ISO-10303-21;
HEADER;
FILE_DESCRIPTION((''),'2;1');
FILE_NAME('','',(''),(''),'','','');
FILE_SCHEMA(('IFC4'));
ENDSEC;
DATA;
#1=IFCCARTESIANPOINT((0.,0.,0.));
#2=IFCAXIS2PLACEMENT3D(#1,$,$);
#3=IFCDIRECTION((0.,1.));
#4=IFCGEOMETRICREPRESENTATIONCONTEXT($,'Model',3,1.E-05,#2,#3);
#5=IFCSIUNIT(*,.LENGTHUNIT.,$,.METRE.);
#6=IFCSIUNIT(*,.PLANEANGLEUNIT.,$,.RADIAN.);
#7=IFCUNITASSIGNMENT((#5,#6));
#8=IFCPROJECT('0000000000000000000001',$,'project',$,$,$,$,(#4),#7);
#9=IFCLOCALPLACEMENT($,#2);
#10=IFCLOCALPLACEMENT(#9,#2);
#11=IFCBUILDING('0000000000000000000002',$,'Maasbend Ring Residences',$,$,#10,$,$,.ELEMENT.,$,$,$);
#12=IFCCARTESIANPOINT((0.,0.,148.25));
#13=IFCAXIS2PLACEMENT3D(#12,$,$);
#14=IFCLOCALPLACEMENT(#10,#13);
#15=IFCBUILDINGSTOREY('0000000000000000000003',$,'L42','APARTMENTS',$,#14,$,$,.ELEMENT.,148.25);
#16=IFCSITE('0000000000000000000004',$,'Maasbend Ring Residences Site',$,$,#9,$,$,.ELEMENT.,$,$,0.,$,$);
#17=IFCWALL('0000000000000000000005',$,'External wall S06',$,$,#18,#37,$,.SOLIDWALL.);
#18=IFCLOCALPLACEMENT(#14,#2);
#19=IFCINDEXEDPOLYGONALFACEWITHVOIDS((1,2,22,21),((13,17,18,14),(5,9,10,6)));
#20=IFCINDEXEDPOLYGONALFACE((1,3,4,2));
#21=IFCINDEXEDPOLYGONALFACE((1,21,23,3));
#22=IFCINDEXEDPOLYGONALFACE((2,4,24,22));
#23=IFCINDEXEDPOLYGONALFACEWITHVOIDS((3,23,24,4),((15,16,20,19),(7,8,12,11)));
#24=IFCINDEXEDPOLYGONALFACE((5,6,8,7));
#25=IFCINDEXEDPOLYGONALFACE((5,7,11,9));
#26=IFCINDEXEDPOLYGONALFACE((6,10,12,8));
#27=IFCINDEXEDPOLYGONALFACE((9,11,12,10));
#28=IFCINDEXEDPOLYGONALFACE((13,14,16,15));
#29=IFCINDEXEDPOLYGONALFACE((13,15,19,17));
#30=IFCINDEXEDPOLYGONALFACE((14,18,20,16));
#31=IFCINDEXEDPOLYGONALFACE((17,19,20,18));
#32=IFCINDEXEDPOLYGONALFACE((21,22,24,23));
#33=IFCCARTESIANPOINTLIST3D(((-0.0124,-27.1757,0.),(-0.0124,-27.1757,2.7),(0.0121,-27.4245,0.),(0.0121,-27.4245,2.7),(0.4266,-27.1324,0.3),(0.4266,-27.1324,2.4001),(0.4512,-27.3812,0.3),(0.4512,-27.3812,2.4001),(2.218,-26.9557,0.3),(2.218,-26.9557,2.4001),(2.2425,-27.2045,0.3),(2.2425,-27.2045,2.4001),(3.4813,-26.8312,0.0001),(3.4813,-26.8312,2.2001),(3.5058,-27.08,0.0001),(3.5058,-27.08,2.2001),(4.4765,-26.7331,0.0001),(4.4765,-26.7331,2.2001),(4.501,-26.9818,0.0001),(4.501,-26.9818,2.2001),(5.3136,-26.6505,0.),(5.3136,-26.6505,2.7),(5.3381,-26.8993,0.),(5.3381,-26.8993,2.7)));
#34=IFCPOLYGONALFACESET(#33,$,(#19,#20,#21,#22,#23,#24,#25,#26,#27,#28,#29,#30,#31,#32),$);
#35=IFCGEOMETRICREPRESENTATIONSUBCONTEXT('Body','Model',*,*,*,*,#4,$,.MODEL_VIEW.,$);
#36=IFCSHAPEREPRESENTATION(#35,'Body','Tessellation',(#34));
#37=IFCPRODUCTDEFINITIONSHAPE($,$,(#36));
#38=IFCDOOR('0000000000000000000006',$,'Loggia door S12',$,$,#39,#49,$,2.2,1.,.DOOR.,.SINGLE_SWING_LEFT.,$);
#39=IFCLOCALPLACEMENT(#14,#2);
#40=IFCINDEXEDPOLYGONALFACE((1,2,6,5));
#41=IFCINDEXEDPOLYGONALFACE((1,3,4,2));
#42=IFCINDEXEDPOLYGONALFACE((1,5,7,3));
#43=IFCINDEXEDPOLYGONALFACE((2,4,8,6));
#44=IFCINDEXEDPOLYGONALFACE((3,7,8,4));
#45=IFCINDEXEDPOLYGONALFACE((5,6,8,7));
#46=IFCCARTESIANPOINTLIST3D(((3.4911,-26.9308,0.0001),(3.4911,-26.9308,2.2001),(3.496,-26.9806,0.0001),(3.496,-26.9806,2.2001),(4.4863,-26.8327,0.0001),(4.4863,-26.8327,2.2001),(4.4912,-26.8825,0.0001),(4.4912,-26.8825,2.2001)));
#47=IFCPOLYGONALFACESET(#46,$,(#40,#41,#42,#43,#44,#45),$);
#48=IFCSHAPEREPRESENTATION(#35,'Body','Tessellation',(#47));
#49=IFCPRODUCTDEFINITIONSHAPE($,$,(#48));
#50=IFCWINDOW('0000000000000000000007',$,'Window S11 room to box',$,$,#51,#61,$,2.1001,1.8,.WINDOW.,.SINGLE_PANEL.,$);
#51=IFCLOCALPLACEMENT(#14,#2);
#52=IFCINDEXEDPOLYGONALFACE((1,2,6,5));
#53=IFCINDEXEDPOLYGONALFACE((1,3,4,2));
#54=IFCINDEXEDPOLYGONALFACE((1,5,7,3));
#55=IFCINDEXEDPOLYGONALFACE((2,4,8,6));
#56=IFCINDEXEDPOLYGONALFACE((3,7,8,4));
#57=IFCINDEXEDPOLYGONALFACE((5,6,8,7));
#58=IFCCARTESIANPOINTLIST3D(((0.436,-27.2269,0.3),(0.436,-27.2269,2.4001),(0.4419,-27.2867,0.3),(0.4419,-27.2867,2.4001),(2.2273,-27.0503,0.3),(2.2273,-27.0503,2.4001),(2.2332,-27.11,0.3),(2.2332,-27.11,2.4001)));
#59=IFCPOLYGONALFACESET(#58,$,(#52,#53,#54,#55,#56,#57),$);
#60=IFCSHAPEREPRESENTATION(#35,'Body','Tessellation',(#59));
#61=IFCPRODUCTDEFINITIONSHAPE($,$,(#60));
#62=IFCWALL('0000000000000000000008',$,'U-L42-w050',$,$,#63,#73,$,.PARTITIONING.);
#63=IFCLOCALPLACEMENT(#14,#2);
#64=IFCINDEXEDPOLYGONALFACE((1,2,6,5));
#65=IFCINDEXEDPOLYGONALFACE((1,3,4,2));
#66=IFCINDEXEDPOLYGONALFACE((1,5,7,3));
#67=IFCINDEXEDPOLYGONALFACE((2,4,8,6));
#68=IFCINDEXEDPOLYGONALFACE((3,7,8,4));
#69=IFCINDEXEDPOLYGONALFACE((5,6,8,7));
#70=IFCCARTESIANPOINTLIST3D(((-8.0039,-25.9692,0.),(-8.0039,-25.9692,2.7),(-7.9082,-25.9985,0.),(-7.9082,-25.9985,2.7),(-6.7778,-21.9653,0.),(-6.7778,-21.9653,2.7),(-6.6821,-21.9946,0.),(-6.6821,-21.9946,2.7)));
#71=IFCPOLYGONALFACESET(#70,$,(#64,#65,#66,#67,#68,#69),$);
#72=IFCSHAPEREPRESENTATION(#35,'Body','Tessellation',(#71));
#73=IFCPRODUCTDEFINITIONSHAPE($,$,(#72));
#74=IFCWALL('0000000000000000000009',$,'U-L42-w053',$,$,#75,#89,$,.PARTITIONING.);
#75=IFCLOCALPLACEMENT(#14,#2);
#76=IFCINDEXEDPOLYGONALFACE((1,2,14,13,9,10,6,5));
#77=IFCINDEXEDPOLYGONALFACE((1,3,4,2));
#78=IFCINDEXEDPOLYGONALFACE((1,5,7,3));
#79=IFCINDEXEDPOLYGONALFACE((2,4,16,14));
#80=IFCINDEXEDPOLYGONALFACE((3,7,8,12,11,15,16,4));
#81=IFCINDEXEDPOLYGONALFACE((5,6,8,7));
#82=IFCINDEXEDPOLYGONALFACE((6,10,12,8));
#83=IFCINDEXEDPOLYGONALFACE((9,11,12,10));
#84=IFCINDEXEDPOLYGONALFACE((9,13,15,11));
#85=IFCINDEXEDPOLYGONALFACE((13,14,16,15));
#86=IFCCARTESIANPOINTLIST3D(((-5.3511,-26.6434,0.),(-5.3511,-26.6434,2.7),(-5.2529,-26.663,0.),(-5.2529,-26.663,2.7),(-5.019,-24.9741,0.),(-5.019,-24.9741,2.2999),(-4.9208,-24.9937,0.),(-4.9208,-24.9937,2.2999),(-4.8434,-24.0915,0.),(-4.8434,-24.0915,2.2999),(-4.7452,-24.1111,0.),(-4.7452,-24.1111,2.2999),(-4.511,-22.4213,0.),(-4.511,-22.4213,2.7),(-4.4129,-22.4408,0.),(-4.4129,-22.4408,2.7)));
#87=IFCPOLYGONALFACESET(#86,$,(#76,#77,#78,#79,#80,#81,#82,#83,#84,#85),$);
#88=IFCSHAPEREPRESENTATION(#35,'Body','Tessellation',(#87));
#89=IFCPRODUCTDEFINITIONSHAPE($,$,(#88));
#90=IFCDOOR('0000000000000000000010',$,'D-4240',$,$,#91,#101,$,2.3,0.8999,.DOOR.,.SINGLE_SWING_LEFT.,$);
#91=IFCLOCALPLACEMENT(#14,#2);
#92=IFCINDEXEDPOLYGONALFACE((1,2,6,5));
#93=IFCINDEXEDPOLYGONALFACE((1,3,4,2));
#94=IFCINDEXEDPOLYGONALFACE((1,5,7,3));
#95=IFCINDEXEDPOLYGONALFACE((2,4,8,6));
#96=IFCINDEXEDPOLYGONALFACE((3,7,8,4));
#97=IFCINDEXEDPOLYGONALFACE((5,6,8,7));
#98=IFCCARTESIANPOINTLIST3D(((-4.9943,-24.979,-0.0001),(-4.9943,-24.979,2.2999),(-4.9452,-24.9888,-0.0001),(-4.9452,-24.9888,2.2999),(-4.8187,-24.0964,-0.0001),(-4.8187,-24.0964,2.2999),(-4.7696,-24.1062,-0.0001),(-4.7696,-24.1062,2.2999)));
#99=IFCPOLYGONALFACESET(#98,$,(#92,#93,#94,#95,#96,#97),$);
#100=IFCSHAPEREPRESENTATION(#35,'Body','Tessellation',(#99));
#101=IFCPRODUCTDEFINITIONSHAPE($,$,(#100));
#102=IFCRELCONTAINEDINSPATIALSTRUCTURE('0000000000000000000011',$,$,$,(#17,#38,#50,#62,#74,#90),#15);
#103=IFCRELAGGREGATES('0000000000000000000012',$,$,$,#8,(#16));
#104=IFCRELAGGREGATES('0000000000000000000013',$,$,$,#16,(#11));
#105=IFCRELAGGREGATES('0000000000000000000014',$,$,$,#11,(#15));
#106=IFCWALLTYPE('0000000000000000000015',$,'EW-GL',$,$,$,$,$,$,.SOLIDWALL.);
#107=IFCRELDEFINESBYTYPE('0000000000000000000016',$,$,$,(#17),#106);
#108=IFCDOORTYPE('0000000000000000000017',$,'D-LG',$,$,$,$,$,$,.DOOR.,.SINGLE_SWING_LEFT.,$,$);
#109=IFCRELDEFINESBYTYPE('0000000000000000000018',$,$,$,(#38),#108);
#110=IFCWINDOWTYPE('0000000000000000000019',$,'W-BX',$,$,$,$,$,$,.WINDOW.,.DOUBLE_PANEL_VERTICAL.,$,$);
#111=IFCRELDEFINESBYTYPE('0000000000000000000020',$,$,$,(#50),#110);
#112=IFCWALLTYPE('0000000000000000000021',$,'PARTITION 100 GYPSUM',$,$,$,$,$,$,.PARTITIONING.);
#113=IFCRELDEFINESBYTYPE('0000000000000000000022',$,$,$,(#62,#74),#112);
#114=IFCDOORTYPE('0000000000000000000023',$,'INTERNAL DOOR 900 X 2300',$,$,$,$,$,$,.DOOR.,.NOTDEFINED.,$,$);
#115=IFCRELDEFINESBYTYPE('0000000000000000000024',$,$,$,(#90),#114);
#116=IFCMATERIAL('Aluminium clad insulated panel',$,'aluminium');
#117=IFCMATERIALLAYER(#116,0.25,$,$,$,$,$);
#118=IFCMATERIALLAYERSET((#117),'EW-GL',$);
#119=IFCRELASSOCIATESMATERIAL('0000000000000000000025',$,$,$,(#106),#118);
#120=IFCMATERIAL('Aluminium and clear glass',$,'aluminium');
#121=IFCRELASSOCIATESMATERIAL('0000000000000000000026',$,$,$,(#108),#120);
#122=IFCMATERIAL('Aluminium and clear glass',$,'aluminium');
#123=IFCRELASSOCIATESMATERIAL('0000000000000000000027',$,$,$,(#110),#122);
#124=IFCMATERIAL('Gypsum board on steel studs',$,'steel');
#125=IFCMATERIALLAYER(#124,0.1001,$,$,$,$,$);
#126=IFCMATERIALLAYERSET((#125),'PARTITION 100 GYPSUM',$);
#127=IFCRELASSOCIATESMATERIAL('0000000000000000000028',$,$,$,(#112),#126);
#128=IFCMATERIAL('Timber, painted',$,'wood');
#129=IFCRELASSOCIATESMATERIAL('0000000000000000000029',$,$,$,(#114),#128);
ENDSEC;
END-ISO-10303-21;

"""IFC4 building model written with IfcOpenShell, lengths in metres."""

from ifc_helpers import new_model, si_unit, direction, frame, frame_2d, origin, place, context, subcontext, project, spatial, rectangle, extrude, material, layer, layer_set, type_object, element, fill, save


model = new_model("IFC4")

# Units and contexts
model_context = context("Model", 3, precision=1e-05, world=origin(), true_north=direction((0.0, 1.0)))
body_context = subcontext(model_context, "Body", "Model", "MODEL_VIEW")
ifc_project = project(units=[si_unit("LENGTHUNIT", "METRE"), si_unit("PLANEANGLEUNIT", "RADIAN")], contexts=[model_context])

# Site, building, storey
site_placement = place(None, origin())
site = spatial("IfcSite", under=ifc_project, at=site_placement, Name="Maasbend Ring Residences Site", CompositionType="ELEMENT", RefElevation=0.0)
building_placement = place(site_placement, origin())
building = spatial("IfcBuilding", under=site, at=building_placement, Name="Maasbend Ring Residences", CompositionType="ELEMENT")
storey_placement = place(building_placement, frame((0.0, 0.0, 148.25)))
storey = spatial("IfcBuildingStorey", under=building, at=storey_placement, Name="L42", Description="APARTMENTS", CompositionType="ELEMENT", Elevation=148.25)

# Wall, openings, door, window
ifc_material_1 = material(Name="Aluminium clad insulated panel", Category="aluminium")
ifc_layer_1 = layer(ifc_material_1, 0.25)
ifc_layer_set_1 = layer_set([ifc_layer_1], Name="EW-GL")
wall_type_1 = type_object("IfcWallType", Name="EW-GL", PredefinedType="SOLIDWALL", material=ifc_layer_set_1)
ifc_material_2 = material(Name="Aluminium and clear glass", Category="aluminium")
door_type_1 = type_object("IfcDoorType", Name="D-LG", OperationType="SINGLE_SWING_LEFT", PredefinedType="DOOR", material=ifc_material_2)
ifc_material_3 = material(Name="Aluminium and clear glass", Category="aluminium")
window_type_1 = type_object("IfcWindowType", Name="W-BX", PartitioningType="DOUBLE_PANEL_VERTICAL", PredefinedType="WINDOW", material=ifc_material_3)
wall_1_placement = place(storey_placement, frame((0.0, -27.3, 0.0), z_axis=(0.0, 0.0, 1.0), x_axis=(0.995174, 0.098126, 0.0)))
wall_1 = element("IfcWall", 1, at=wall_1_placement, inside=storey, type_object=wall_type_1, Name="External wall S06", PredefinedType="SOLIDWALL", context=body_context, shape_type="SweptSolid", body=[
    extrude(rectangle(XDim=5.3518, YDim=0.25, at=frame_2d((2.6758, 0.0))), origin(), (0.0, 0.0, 1.0), 2.7),
])
opening_1_placement = place(wall_1_placement, frame((0.4412, 0.0, 0.3)))
opening_1 = element("IfcOpeningElement", 2, at=opening_1_placement, cuts=wall_1, PredefinedType="OPENING", context=body_context, shape_type="SweptSolid", body=[
    extrude(rectangle(XDim=1.8, YDim=2.1001, at=frame_2d((0.8999, 1.05))), frame((0.0, 0.135, 0.0), z_axis=(0.0, -1.0, 0.0), x_axis=(1.0, 0.0, 0.0)), (0.0, 0.0, 1.0), 0.27),
])
opening_2_placement = place(wall_1_placement, frame((3.5105, 0.0, 0.0)))
opening_2 = element("IfcOpeningElement", 3, at=opening_2_placement, cuts=wall_1, PredefinedType="OPENING", context=body_context, shape_type="SweptSolid", body=[
    extrude(rectangle(XDim=1.0, YDim=2.2, at=frame_2d((0.5, 1.1001))), frame((0.0, 0.135, 0.0), z_axis=(0.0, -1.0, 0.0), x_axis=(1.0, 0.0, 0.0)), (0.0, 0.0, 1.0), 0.27),
])
door_1_placement = place(opening_2_placement, origin())
door_1 = element("IfcDoor", 4, at=door_1_placement, inside=storey, type_object=door_type_1, Name="Loggia door S12", OperationType="SINGLE_SWING_LEFT", OverallHeight=2.2, OverallWidth=1.0, PredefinedType="DOOR", context=body_context, shape_type="SweptSolid", body=[
    extrude(rectangle(XDim=1.0, YDim=2.2, at=frame_2d((0.5, 1.1001))), frame((0.0, 0.0249, 0.0), z_axis=(0.0, -1.0, 0.0), x_axis=(1.0, 0.0, 0.0)), (0.0, 0.0, 1.0), 0.05),
])
fill(opening_2, door_1)
window_1_placement = place(opening_1_placement, origin())
window_1 = element("IfcWindow", 5, at=window_1_placement, inside=storey, type_object=window_type_1, Name="Window S11 room to box", OverallHeight=2.1001, OverallWidth=1.8, PartitioningType="SINGLE_PANEL", PredefinedType="WINDOW", context=body_context, shape_type="SweptSolid", body=[
    extrude(rectangle(XDim=1.8, YDim=2.1001, at=frame_2d((0.8999, 1.05))), frame((0.0, 0.03, 0.0), z_axis=(0.0, -1.0, 0.0), x_axis=(1.0, 0.0, 0.0)), (0.0, 0.0, 1.0), 0.0601),
])
fill(opening_1, window_1)

# Wall
ifc_material_4 = material(Name="Gypsum board on steel studs", Category="steel")
ifc_layer_2 = layer(ifc_material_4, 0.1001)
ifc_layer_set_2 = layer_set([ifc_layer_2], Name="PARTITION 100 GYPSUM")
wall_type_2 = type_object("IfcWallType", Name="PARTITION 100 GYPSUM", PredefinedType="PARTITIONING", material=ifc_layer_set_2)
wall_2_placement = place(storey_placement, frame((-7.9561, -25.9839, 0.0), z_axis=(0.0, 0.0, 1.0), x_axis=(0.292799, 0.956174, 0.0)))
element("IfcWall", 6, at=wall_2_placement, inside=storey, type_object=wall_type_2, Name="U-L42-w050", PredefinedType="PARTITIONING", context=body_context, shape_type="SweptSolid", body=[
    extrude(rectangle(XDim=4.1875, YDim=0.1001, at=frame_2d((2.0938, 0.0))), origin(), (0.0, 0.0, 1.0), 2.7),
])

# Wall, opening, door
wall_3_placement = place(storey_placement, frame((-5.302, -26.6531, 0.0), z_axis=(0.0, 0.0, 1.0), x_axis=(0.195145, 0.980774, 0.0)))
wall_3 = element("IfcWall", 7, at=wall_3_placement, inside=storey, type_object=wall_type_2, Name="U-L42-w053", PredefinedType="PARTITIONING", context=body_context, shape_type="SweptSolid", body=[
    extrude(rectangle(XDim=4.3049, YDim=0.1001, at=frame_2d((2.1523, 0.0))), origin(), (0.0, 0.0, 1.0), 2.7),
])
opening_3_placement = place(wall_3_placement, frame((1.7019, 0.0, 0.0)))
opening_3 = element("IfcOpeningElement", 8, at=opening_3_placement, cuts=wall_3, PredefinedType="OPENING", context=body_context, shape_type="SweptSolid", body=[
    extrude(rectangle(XDim=0.8999, YDim=2.3, at=frame_2d((0.45, 1.1499))), frame((0.0, 0.0601, 0.0), z_axis=(0.0, -1.0, 0.0), x_axis=(1.0, 0.0, 0.0)), (0.0, 0.0, 1.0), 0.1201),
])
ifc_material_5 = material(Name="Timber, painted", Category="wood")
door_type_2 = type_object("IfcDoorType", Name="INTERNAL DOOR 900 X 2300", OperationType="NOTDEFINED", PredefinedType="DOOR", material=ifc_material_5)
door_2_placement = place(opening_3_placement, origin())
door_2 = element("IfcDoor", 9, at=door_2_placement, inside=storey, type_object=door_type_2, Name="D-4240", OperationType="SINGLE_SWING_LEFT", OverallHeight=2.3, OverallWidth=0.8999, PredefinedType="DOOR", context=body_context, shape_type="SweptSolid", body=[
    extrude(rectangle(XDim=0.8999, YDim=2.3, at=frame_2d((0.45, 1.1499))), frame((0.0, 0.0249, 0.0), z_axis=(0.0, -1.0, 0.0), x_axis=(1.0, 0.0, 0.0)), (0.0, 0.0, 1.0), 0.05),
])
fill(opening_3, door_2)

save(model, "model.ifc")
